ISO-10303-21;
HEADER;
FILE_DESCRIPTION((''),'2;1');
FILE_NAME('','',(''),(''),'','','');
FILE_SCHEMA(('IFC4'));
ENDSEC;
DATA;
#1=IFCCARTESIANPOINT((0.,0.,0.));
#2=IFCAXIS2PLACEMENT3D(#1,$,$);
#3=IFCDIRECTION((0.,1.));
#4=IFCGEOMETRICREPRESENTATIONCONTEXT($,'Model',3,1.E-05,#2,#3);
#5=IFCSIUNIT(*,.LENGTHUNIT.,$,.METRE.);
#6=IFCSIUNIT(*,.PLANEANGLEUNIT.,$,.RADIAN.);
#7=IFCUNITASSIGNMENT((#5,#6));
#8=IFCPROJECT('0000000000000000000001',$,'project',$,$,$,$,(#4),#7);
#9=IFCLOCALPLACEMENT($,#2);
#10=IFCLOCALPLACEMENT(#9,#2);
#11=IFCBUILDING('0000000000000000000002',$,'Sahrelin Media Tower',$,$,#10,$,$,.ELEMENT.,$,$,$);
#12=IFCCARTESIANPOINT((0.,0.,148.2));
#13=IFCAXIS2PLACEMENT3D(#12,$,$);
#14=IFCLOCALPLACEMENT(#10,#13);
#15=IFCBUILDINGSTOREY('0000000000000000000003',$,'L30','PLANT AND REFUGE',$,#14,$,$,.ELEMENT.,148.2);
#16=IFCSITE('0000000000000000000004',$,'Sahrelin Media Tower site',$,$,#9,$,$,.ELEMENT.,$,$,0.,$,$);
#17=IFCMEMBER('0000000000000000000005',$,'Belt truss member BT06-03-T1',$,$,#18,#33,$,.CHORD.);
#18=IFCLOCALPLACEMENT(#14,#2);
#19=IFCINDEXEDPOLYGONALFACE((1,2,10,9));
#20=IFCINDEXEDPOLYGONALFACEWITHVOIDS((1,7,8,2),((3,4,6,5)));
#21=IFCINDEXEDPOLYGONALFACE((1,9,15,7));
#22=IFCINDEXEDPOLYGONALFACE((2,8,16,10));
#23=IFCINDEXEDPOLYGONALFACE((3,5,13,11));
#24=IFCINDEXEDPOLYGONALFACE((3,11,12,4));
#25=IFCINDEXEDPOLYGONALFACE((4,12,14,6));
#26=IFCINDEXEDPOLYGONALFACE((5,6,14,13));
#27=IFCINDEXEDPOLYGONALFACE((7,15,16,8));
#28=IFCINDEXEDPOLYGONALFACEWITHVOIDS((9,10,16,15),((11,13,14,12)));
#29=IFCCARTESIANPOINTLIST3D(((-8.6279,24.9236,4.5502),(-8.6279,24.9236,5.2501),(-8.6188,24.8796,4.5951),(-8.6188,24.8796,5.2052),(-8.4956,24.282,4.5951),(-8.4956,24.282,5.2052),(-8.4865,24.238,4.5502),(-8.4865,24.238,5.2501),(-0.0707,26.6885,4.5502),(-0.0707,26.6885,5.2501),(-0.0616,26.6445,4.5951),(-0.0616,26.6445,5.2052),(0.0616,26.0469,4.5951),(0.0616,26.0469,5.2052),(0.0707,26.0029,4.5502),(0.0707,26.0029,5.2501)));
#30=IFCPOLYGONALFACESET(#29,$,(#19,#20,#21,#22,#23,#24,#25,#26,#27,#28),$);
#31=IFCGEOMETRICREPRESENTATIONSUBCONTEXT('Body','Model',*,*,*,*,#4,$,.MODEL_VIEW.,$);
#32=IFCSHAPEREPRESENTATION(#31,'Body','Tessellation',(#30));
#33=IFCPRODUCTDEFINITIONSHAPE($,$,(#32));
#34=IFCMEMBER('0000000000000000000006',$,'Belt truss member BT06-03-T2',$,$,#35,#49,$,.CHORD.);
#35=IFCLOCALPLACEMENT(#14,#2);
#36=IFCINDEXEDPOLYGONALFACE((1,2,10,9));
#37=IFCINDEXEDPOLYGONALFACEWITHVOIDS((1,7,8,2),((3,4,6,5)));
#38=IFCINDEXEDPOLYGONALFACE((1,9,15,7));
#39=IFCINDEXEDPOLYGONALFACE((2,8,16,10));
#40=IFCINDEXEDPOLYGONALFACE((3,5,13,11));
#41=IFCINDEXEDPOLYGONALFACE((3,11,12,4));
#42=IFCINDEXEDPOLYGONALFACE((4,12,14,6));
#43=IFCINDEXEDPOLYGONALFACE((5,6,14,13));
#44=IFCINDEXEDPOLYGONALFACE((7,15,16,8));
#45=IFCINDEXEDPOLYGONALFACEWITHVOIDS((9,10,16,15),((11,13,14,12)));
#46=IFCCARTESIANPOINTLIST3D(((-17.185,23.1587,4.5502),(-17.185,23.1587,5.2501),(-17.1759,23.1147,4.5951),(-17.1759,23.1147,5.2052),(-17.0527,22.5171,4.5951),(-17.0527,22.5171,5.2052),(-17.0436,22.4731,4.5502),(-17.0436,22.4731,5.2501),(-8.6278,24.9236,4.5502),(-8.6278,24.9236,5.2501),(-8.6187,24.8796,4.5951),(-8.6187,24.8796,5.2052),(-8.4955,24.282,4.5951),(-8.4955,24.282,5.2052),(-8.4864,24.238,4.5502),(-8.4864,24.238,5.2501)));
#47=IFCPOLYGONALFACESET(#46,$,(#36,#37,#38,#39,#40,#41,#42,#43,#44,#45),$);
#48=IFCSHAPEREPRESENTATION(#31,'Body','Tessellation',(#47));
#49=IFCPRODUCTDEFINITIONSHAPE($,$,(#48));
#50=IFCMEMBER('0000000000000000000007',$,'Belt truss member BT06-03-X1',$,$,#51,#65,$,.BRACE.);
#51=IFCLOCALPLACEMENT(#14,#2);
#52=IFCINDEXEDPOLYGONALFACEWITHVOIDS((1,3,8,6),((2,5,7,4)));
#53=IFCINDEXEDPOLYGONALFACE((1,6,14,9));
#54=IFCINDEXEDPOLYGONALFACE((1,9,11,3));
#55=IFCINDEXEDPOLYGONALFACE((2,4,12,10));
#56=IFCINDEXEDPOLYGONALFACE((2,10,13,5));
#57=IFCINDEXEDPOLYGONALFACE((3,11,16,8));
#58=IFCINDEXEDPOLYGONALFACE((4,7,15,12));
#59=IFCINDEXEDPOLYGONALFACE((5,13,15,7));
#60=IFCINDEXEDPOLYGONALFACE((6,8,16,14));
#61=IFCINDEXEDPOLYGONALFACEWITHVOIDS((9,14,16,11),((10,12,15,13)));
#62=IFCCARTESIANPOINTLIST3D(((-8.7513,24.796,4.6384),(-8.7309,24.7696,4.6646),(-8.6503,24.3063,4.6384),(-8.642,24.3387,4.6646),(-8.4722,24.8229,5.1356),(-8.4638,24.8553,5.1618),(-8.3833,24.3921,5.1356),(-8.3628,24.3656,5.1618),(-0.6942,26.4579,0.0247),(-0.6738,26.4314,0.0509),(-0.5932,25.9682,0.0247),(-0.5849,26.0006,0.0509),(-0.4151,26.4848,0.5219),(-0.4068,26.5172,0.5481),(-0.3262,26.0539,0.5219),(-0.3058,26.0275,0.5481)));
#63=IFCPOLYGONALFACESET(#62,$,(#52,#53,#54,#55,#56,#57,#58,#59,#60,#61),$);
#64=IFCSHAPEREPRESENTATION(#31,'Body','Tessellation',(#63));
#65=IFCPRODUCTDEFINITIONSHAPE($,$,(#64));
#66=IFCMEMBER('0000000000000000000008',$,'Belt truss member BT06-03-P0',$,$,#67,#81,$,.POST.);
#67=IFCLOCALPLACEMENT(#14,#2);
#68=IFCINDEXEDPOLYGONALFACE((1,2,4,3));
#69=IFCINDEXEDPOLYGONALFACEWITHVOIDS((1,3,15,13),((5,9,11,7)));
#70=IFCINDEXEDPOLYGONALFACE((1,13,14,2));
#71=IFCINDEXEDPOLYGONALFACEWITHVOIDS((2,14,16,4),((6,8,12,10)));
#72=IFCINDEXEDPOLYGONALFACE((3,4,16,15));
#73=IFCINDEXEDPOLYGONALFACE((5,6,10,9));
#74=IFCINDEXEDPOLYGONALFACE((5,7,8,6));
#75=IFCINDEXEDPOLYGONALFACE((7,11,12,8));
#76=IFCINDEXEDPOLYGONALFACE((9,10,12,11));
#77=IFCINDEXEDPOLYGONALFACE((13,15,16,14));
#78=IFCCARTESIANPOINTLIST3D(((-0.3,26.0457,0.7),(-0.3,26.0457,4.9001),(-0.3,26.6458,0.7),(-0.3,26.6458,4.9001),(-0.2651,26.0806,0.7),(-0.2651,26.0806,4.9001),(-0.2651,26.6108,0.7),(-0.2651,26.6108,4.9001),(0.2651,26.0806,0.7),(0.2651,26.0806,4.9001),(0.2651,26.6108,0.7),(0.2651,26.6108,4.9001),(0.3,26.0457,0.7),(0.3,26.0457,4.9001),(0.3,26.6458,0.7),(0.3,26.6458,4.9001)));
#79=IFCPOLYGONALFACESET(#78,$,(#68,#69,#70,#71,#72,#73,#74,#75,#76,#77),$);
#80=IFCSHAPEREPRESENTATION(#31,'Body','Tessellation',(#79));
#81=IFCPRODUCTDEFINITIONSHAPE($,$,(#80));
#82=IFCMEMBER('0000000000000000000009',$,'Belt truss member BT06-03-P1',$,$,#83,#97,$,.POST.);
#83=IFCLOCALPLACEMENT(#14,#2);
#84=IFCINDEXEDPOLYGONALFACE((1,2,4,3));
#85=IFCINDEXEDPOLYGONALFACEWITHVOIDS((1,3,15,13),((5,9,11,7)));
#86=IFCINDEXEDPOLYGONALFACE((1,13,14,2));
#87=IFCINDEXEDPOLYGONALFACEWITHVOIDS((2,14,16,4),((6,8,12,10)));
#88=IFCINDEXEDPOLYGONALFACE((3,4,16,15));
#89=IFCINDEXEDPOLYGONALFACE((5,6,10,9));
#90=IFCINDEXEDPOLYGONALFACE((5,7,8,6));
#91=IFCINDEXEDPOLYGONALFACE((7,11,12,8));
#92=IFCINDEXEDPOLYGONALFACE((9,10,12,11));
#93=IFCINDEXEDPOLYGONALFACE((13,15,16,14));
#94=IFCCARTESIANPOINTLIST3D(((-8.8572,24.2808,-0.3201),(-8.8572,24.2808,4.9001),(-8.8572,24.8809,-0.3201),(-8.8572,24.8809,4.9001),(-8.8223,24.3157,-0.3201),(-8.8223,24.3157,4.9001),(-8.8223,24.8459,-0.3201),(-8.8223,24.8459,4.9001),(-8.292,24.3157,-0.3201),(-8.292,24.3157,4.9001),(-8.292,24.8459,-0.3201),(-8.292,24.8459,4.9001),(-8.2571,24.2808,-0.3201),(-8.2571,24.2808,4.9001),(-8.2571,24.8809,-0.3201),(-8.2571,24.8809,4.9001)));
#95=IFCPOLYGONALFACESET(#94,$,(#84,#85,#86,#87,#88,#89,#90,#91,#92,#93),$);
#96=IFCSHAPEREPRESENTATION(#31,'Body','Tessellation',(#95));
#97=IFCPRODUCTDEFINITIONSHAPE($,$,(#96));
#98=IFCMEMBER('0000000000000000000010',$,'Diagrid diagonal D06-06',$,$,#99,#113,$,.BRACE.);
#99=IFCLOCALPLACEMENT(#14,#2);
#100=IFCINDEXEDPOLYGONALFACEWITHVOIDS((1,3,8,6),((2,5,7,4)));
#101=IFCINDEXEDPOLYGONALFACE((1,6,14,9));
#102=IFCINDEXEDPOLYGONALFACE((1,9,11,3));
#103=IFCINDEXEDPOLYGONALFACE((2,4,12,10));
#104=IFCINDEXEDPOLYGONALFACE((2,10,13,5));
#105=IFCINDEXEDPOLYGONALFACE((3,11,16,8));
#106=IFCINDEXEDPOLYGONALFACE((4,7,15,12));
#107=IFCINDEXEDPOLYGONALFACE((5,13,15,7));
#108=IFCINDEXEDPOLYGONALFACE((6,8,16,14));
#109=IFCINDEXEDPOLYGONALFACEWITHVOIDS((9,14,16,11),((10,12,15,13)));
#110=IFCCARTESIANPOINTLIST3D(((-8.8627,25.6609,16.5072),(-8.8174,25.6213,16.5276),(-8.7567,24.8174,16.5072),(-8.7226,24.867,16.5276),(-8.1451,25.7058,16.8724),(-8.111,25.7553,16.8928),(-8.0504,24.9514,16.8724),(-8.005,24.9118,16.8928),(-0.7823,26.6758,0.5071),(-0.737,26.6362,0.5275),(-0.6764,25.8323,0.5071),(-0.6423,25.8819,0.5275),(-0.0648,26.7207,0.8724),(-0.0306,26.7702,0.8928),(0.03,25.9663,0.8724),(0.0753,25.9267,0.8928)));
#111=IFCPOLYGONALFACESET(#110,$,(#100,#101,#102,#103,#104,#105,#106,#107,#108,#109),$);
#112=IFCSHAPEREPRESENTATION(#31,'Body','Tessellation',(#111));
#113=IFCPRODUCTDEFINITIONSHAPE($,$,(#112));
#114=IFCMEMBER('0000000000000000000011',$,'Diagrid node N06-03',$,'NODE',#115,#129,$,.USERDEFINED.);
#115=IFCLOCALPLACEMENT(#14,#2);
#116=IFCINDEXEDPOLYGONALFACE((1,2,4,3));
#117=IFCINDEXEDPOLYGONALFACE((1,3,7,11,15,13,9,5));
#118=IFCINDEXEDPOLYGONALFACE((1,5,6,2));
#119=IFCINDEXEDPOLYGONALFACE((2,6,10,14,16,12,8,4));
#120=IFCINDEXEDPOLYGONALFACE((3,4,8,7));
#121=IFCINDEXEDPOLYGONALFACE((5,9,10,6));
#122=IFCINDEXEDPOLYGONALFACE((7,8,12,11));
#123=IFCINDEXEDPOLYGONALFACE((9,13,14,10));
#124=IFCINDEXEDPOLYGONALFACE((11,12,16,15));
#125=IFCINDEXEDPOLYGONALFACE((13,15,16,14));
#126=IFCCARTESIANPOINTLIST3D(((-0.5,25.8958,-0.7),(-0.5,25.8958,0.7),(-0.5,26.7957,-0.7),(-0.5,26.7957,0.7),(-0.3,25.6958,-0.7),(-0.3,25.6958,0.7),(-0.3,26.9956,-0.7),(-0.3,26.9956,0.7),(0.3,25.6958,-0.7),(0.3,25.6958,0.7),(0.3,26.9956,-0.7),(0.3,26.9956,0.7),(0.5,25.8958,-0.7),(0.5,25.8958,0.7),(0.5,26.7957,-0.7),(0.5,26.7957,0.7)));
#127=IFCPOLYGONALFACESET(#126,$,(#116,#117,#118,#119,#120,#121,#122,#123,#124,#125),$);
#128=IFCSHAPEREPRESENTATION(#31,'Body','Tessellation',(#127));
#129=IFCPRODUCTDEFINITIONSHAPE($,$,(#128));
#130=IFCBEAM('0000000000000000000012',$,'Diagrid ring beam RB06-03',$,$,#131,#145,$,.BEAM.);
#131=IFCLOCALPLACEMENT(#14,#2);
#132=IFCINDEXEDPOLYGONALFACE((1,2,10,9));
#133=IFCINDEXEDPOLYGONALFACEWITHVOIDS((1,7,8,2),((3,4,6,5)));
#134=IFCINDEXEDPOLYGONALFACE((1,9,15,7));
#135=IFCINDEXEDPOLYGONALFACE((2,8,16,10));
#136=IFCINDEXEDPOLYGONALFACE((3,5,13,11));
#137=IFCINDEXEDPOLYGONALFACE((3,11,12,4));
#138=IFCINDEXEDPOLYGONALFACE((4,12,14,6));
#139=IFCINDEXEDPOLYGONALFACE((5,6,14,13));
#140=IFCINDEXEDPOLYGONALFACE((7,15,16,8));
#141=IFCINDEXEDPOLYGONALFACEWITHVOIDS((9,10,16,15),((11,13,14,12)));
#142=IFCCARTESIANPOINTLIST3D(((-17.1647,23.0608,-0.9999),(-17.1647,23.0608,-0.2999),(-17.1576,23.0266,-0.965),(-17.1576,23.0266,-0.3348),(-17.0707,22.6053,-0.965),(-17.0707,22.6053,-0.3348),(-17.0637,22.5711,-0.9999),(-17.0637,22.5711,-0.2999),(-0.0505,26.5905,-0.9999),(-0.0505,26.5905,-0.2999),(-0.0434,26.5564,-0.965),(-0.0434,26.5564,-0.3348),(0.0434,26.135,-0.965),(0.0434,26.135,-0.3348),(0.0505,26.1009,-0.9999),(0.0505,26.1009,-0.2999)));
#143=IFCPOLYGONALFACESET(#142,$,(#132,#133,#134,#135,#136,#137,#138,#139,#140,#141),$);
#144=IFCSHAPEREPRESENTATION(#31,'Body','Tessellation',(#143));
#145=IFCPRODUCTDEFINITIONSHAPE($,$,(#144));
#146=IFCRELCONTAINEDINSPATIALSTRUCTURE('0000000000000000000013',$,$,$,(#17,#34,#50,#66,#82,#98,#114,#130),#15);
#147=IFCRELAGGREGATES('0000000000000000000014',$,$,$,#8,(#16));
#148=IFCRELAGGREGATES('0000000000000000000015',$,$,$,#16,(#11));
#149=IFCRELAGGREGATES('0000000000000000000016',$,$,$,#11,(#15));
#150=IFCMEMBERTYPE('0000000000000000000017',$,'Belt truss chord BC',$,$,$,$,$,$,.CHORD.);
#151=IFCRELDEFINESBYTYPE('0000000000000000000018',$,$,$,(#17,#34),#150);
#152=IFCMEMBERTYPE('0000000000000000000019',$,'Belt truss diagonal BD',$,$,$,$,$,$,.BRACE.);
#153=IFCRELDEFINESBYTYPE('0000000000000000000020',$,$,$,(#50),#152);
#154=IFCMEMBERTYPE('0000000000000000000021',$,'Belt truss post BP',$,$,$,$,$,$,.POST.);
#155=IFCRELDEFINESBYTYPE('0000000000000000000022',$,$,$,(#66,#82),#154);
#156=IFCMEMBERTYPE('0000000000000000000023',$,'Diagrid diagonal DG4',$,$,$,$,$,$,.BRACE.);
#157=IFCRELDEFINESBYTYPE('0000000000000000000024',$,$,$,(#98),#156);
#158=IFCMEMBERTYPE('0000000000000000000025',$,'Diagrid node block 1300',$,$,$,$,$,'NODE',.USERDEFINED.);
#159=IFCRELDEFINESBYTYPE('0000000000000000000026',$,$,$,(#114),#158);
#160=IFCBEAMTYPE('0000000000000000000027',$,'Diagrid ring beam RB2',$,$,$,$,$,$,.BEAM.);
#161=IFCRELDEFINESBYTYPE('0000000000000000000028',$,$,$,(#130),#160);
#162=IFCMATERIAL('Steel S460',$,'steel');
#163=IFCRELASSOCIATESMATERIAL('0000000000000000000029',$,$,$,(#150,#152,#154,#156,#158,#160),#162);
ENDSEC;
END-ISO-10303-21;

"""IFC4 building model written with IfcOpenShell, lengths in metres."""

from ifc_helpers import new_model, si_unit, direction, frame, origin, origin_2d, place, context, subcontext, project, spatial, polyline, hollow_rectangle, outline, extrude, material, material_profile, profile_set, type_object, element, save


model = new_model("IFC4")

# Units and contexts
model_context = context("Model", 3, precision=1e-05, world=origin(), true_north=direction((0.0, 1.0)))
body_context = subcontext(model_context, "Body", "Model", "MODEL_VIEW")
ifc_project = project(units=[si_unit("LENGTHUNIT", "METRE"), si_unit("PLANEANGLEUNIT", "RADIAN")], contexts=[model_context])

# Site, building, storey
site_placement = place(None, origin())
site = spatial("IfcSite", under=ifc_project, at=site_placement, Name="Sahrelin Media Tower site", CompositionType="ELEMENT", RefElevation=0.0)
building_placement = place(site_placement, origin())
building = spatial("IfcBuilding", under=site, at=building_placement, Name="Sahrelin Media Tower", CompositionType="ELEMENT")
storey_placement = place(building_placement, frame((0.0, 0.0, 148.2)))
storey = spatial("IfcBuildingStorey", under=building, at=storey_placement, Name="L30", Description="PLANT AND REFUGE", CompositionType="ELEMENT", Elevation=148.2)

# Members
ifc_material_1 = material(Name="Steel S460", Category="steel")
ifc_material_profile_1 = material_profile(ifc_material_1, hollow_rectangle(XDim=0.7, YDim=0.7, WallThickness=0.0449, at=origin_2d()), Name="Belt truss chord BC")
ifc_profile_set_1 = profile_set([ifc_material_profile_1], Name="Steel S460")
member_type_1 = type_object("IfcMemberType", Name="Belt truss chord BC", PredefinedType="CHORD", material=ifc_profile_set_1)
for number, where, z_axis, x_axis, name in (
    (1, (0.0, 26.3457, 4.9001), (-0.979386, -0.201997, 0.0), (0.201997, -0.979386, 0.0), "Belt truss member BT06-03-T1"),
    (2, (-8.5571, 24.5808, 4.9001), (-0.979386, -0.201997, 0.0), (0.201997, -0.979386, 0.0), "Belt truss member BT06-03-T2"),
):
    element("IfcMember", number, at=place(storey_placement, frame(where, z_axis=z_axis, x_axis=x_axis)), inside=storey, type_object=member_type_1, Name=name, PredefinedType="CHORD", context=body_context, shape_type="SweptSolid", body=[
        extrude(hollow_rectangle(XDim=0.7, YDim=0.7, WallThickness=0.0449, at=origin_2d()), origin(), (0.0, 0.0, 1.0), 8.7373),
    ])
ifc_material_profile_2 = material_profile(ifc_material_1, hollow_rectangle(XDim=0.5, YDim=0.6001, WallThickness=0.03, at=origin_2d()), Name="Belt truss diagonal BD")
ifc_profile_set_2 = profile_set([ifc_material_profile_2], Name="Steel S460")
member_type_2 = type_object("IfcMemberType", Name="Belt truss diagonal BD", PredefinedType="BRACE", material=ifc_profile_set_2)
member_1_placement = place(storey_placement, frame((-0.5, 26.2427, 0.2864), z_axis=(-0.854217, -0.176191, 0.489152), x_axis=(0.202008, -0.979384, 0.0)))
element("IfcMember", 3, at=member_1_placement, inside=storey, type_object=member_type_2, Name="Belt truss member BT06-03-X1", PredefinedType="BRACE", context=body_context, shape_type="SweptSolid", body=[
    extrude(hollow_rectangle(XDim=0.5, YDim=0.6001, WallThickness=0.03, at=origin_2d()), origin(), (0.0, 0.0, 1.0), 9.4321),
])
ifc_material_profile_3 = material_profile(ifc_material_1, hollow_rectangle(XDim=0.6001, YDim=0.6001, WallThickness=0.0349, at=origin_2d()), Name="Belt truss post BP")
ifc_profile_set_3 = profile_set([ifc_material_profile_3], Name="Steel S460")
member_type_3 = type_object("IfcMemberType", Name="Belt truss post BP", PredefinedType="POST", material=ifc_profile_set_3)
member_2_placement = place(storey_placement, frame((0.0, 26.3457, 0.7), z_axis=(0.0, 0.0, 1.0), x_axis=(1.0, 0.0, 0.0)))
element("IfcMember", 4, at=member_2_placement, inside=storey, type_object=member_type_3, Name="Belt truss member BT06-03-P0", PredefinedType="POST", context=body_context, shape_type="SweptSolid", body=[
    extrude(hollow_rectangle(XDim=0.6001, YDim=0.6001, WallThickness=0.0349, at=origin_2d()), origin(), (0.0, 0.0, 1.0), 4.2002),
])
member_3_placement = place(storey_placement, frame((-8.5571, 24.5808, -0.3201), z_axis=(0.0, 0.0, 1.0), x_axis=(1.0, 0.0, 0.0)))
element("IfcMember", 5, at=member_3_placement, inside=storey, type_object=member_type_3, Name="Belt truss member BT06-03-P1", PredefinedType="POST", context=body_context, shape_type="SweptSolid", body=[
    extrude(hollow_rectangle(XDim=0.6001, YDim=0.6001, WallThickness=0.0349, at=origin_2d()), origin(), (0.0, 0.0, 1.0), 5.2202),
])
ifc_material_profile_4 = material_profile(ifc_material_1, hollow_rectangle(XDim=0.8501, YDim=0.8501, WallThickness=0.0449, at=origin_2d()), Name="Diagrid diagonal DG4")
ifc_profile_set_4 = profile_set([ifc_material_profile_4], Name="Steel S460")
member_type_4 = type_object("IfcMemberType", Name="Diagrid diagonal DG4", PredefinedType="BRACE", material=ifc_profile_set_4)
member_4_placement = place(storey_placement, frame((-0.3535, 26.3013, 0.7), z_axis=(-0.450074, -0.05653, 0.8912), x_axis=(0.124621, -0.992204, 0.0)))
element("IfcMember", 6, at=member_4_placement, inside=storey, type_object=member_type_4, Name="Diagrid diagonal D06-06", PredefinedType="BRACE", context=body_context, shape_type="SweptSolid", body=[
    extrude(hollow_rectangle(XDim=0.8501, YDim=0.8501, WallThickness=0.0449, at=origin_2d()), origin(), (0.0, 0.0, 1.0), 17.9534),
])
ifc_material_profile_5 = material_profile(ifc_material_1, outline(polyline([(0.45, -0.5), (0.6499, -0.3), (0.6499, 0.3), (0.45, 0.5), (-0.45, 0.5), (-0.6499, 0.3), (-0.6499, -0.3), (-0.45, -0.5), (0.45, -0.5)])), Name="Diagrid node block 1300")
ifc_profile_set_5 = profile_set([ifc_material_profile_5], Name="Steel S460")
member_type_5 = type_object("IfcMemberType", Name="Diagrid node block 1300", ElementType="NODE", PredefinedType="USERDEFINED", material=ifc_profile_set_5)
member_5_placement = place(storey_placement, frame((0.0, 26.3457, -0.7), z_axis=(0.0, 0.0, 1.0), x_axis=(0.0, 1.0, 0.0)))
element("IfcMember", 7, at=member_5_placement, inside=storey, type_object=member_type_5, Name="Diagrid node N06-03", ObjectType="NODE", PredefinedType="USERDEFINED", context=body_context, shape_type="SweptSolid", body=[
    extrude(outline(polyline([(0.45, -0.5), (0.6499, -0.3), (0.6499, 0.3), (0.45, 0.5), (-0.45, 0.5), (-0.6499, 0.3), (-0.6499, -0.3), (-0.45, -0.5), (0.45, -0.5)])), origin(), (0.0, 0.0, 1.0), 1.3999),
])

# Beam
ifc_material_profile_6 = material_profile(ifc_material_1, hollow_rectangle(XDim=0.5, YDim=0.7, WallThickness=0.0349, at=origin_2d()), Name="Diagrid ring beam RB2")
ifc_profile_set_6 = profile_set([ifc_material_profile_6], Name="Steel S460")
beam_type_1 = type_object("IfcBeamType", Name="Diagrid ring beam RB2", PredefinedType="BEAM", material=ifc_profile_set_6)
beam_1_placement = place(storey_placement, frame((0.0, 26.3457, -0.6499), z_axis=(-0.979386, -0.201997, 0.0), x_axis=(0.201997, -0.979386, 0.0)))
element("IfcBeam", 8, at=beam_1_placement, inside=storey, type_object=beam_type_1, Name="Diagrid ring beam RB06-03", PredefinedType="BEAM", context=body_context, shape_type="SweptSolid", body=[
    extrude(hollow_rectangle(XDim=0.5, YDim=0.7, WallThickness=0.0349, at=origin_2d()), origin(), (0.0, 0.0, 1.0), 17.4744),
])

save(model, "model.ifc")
